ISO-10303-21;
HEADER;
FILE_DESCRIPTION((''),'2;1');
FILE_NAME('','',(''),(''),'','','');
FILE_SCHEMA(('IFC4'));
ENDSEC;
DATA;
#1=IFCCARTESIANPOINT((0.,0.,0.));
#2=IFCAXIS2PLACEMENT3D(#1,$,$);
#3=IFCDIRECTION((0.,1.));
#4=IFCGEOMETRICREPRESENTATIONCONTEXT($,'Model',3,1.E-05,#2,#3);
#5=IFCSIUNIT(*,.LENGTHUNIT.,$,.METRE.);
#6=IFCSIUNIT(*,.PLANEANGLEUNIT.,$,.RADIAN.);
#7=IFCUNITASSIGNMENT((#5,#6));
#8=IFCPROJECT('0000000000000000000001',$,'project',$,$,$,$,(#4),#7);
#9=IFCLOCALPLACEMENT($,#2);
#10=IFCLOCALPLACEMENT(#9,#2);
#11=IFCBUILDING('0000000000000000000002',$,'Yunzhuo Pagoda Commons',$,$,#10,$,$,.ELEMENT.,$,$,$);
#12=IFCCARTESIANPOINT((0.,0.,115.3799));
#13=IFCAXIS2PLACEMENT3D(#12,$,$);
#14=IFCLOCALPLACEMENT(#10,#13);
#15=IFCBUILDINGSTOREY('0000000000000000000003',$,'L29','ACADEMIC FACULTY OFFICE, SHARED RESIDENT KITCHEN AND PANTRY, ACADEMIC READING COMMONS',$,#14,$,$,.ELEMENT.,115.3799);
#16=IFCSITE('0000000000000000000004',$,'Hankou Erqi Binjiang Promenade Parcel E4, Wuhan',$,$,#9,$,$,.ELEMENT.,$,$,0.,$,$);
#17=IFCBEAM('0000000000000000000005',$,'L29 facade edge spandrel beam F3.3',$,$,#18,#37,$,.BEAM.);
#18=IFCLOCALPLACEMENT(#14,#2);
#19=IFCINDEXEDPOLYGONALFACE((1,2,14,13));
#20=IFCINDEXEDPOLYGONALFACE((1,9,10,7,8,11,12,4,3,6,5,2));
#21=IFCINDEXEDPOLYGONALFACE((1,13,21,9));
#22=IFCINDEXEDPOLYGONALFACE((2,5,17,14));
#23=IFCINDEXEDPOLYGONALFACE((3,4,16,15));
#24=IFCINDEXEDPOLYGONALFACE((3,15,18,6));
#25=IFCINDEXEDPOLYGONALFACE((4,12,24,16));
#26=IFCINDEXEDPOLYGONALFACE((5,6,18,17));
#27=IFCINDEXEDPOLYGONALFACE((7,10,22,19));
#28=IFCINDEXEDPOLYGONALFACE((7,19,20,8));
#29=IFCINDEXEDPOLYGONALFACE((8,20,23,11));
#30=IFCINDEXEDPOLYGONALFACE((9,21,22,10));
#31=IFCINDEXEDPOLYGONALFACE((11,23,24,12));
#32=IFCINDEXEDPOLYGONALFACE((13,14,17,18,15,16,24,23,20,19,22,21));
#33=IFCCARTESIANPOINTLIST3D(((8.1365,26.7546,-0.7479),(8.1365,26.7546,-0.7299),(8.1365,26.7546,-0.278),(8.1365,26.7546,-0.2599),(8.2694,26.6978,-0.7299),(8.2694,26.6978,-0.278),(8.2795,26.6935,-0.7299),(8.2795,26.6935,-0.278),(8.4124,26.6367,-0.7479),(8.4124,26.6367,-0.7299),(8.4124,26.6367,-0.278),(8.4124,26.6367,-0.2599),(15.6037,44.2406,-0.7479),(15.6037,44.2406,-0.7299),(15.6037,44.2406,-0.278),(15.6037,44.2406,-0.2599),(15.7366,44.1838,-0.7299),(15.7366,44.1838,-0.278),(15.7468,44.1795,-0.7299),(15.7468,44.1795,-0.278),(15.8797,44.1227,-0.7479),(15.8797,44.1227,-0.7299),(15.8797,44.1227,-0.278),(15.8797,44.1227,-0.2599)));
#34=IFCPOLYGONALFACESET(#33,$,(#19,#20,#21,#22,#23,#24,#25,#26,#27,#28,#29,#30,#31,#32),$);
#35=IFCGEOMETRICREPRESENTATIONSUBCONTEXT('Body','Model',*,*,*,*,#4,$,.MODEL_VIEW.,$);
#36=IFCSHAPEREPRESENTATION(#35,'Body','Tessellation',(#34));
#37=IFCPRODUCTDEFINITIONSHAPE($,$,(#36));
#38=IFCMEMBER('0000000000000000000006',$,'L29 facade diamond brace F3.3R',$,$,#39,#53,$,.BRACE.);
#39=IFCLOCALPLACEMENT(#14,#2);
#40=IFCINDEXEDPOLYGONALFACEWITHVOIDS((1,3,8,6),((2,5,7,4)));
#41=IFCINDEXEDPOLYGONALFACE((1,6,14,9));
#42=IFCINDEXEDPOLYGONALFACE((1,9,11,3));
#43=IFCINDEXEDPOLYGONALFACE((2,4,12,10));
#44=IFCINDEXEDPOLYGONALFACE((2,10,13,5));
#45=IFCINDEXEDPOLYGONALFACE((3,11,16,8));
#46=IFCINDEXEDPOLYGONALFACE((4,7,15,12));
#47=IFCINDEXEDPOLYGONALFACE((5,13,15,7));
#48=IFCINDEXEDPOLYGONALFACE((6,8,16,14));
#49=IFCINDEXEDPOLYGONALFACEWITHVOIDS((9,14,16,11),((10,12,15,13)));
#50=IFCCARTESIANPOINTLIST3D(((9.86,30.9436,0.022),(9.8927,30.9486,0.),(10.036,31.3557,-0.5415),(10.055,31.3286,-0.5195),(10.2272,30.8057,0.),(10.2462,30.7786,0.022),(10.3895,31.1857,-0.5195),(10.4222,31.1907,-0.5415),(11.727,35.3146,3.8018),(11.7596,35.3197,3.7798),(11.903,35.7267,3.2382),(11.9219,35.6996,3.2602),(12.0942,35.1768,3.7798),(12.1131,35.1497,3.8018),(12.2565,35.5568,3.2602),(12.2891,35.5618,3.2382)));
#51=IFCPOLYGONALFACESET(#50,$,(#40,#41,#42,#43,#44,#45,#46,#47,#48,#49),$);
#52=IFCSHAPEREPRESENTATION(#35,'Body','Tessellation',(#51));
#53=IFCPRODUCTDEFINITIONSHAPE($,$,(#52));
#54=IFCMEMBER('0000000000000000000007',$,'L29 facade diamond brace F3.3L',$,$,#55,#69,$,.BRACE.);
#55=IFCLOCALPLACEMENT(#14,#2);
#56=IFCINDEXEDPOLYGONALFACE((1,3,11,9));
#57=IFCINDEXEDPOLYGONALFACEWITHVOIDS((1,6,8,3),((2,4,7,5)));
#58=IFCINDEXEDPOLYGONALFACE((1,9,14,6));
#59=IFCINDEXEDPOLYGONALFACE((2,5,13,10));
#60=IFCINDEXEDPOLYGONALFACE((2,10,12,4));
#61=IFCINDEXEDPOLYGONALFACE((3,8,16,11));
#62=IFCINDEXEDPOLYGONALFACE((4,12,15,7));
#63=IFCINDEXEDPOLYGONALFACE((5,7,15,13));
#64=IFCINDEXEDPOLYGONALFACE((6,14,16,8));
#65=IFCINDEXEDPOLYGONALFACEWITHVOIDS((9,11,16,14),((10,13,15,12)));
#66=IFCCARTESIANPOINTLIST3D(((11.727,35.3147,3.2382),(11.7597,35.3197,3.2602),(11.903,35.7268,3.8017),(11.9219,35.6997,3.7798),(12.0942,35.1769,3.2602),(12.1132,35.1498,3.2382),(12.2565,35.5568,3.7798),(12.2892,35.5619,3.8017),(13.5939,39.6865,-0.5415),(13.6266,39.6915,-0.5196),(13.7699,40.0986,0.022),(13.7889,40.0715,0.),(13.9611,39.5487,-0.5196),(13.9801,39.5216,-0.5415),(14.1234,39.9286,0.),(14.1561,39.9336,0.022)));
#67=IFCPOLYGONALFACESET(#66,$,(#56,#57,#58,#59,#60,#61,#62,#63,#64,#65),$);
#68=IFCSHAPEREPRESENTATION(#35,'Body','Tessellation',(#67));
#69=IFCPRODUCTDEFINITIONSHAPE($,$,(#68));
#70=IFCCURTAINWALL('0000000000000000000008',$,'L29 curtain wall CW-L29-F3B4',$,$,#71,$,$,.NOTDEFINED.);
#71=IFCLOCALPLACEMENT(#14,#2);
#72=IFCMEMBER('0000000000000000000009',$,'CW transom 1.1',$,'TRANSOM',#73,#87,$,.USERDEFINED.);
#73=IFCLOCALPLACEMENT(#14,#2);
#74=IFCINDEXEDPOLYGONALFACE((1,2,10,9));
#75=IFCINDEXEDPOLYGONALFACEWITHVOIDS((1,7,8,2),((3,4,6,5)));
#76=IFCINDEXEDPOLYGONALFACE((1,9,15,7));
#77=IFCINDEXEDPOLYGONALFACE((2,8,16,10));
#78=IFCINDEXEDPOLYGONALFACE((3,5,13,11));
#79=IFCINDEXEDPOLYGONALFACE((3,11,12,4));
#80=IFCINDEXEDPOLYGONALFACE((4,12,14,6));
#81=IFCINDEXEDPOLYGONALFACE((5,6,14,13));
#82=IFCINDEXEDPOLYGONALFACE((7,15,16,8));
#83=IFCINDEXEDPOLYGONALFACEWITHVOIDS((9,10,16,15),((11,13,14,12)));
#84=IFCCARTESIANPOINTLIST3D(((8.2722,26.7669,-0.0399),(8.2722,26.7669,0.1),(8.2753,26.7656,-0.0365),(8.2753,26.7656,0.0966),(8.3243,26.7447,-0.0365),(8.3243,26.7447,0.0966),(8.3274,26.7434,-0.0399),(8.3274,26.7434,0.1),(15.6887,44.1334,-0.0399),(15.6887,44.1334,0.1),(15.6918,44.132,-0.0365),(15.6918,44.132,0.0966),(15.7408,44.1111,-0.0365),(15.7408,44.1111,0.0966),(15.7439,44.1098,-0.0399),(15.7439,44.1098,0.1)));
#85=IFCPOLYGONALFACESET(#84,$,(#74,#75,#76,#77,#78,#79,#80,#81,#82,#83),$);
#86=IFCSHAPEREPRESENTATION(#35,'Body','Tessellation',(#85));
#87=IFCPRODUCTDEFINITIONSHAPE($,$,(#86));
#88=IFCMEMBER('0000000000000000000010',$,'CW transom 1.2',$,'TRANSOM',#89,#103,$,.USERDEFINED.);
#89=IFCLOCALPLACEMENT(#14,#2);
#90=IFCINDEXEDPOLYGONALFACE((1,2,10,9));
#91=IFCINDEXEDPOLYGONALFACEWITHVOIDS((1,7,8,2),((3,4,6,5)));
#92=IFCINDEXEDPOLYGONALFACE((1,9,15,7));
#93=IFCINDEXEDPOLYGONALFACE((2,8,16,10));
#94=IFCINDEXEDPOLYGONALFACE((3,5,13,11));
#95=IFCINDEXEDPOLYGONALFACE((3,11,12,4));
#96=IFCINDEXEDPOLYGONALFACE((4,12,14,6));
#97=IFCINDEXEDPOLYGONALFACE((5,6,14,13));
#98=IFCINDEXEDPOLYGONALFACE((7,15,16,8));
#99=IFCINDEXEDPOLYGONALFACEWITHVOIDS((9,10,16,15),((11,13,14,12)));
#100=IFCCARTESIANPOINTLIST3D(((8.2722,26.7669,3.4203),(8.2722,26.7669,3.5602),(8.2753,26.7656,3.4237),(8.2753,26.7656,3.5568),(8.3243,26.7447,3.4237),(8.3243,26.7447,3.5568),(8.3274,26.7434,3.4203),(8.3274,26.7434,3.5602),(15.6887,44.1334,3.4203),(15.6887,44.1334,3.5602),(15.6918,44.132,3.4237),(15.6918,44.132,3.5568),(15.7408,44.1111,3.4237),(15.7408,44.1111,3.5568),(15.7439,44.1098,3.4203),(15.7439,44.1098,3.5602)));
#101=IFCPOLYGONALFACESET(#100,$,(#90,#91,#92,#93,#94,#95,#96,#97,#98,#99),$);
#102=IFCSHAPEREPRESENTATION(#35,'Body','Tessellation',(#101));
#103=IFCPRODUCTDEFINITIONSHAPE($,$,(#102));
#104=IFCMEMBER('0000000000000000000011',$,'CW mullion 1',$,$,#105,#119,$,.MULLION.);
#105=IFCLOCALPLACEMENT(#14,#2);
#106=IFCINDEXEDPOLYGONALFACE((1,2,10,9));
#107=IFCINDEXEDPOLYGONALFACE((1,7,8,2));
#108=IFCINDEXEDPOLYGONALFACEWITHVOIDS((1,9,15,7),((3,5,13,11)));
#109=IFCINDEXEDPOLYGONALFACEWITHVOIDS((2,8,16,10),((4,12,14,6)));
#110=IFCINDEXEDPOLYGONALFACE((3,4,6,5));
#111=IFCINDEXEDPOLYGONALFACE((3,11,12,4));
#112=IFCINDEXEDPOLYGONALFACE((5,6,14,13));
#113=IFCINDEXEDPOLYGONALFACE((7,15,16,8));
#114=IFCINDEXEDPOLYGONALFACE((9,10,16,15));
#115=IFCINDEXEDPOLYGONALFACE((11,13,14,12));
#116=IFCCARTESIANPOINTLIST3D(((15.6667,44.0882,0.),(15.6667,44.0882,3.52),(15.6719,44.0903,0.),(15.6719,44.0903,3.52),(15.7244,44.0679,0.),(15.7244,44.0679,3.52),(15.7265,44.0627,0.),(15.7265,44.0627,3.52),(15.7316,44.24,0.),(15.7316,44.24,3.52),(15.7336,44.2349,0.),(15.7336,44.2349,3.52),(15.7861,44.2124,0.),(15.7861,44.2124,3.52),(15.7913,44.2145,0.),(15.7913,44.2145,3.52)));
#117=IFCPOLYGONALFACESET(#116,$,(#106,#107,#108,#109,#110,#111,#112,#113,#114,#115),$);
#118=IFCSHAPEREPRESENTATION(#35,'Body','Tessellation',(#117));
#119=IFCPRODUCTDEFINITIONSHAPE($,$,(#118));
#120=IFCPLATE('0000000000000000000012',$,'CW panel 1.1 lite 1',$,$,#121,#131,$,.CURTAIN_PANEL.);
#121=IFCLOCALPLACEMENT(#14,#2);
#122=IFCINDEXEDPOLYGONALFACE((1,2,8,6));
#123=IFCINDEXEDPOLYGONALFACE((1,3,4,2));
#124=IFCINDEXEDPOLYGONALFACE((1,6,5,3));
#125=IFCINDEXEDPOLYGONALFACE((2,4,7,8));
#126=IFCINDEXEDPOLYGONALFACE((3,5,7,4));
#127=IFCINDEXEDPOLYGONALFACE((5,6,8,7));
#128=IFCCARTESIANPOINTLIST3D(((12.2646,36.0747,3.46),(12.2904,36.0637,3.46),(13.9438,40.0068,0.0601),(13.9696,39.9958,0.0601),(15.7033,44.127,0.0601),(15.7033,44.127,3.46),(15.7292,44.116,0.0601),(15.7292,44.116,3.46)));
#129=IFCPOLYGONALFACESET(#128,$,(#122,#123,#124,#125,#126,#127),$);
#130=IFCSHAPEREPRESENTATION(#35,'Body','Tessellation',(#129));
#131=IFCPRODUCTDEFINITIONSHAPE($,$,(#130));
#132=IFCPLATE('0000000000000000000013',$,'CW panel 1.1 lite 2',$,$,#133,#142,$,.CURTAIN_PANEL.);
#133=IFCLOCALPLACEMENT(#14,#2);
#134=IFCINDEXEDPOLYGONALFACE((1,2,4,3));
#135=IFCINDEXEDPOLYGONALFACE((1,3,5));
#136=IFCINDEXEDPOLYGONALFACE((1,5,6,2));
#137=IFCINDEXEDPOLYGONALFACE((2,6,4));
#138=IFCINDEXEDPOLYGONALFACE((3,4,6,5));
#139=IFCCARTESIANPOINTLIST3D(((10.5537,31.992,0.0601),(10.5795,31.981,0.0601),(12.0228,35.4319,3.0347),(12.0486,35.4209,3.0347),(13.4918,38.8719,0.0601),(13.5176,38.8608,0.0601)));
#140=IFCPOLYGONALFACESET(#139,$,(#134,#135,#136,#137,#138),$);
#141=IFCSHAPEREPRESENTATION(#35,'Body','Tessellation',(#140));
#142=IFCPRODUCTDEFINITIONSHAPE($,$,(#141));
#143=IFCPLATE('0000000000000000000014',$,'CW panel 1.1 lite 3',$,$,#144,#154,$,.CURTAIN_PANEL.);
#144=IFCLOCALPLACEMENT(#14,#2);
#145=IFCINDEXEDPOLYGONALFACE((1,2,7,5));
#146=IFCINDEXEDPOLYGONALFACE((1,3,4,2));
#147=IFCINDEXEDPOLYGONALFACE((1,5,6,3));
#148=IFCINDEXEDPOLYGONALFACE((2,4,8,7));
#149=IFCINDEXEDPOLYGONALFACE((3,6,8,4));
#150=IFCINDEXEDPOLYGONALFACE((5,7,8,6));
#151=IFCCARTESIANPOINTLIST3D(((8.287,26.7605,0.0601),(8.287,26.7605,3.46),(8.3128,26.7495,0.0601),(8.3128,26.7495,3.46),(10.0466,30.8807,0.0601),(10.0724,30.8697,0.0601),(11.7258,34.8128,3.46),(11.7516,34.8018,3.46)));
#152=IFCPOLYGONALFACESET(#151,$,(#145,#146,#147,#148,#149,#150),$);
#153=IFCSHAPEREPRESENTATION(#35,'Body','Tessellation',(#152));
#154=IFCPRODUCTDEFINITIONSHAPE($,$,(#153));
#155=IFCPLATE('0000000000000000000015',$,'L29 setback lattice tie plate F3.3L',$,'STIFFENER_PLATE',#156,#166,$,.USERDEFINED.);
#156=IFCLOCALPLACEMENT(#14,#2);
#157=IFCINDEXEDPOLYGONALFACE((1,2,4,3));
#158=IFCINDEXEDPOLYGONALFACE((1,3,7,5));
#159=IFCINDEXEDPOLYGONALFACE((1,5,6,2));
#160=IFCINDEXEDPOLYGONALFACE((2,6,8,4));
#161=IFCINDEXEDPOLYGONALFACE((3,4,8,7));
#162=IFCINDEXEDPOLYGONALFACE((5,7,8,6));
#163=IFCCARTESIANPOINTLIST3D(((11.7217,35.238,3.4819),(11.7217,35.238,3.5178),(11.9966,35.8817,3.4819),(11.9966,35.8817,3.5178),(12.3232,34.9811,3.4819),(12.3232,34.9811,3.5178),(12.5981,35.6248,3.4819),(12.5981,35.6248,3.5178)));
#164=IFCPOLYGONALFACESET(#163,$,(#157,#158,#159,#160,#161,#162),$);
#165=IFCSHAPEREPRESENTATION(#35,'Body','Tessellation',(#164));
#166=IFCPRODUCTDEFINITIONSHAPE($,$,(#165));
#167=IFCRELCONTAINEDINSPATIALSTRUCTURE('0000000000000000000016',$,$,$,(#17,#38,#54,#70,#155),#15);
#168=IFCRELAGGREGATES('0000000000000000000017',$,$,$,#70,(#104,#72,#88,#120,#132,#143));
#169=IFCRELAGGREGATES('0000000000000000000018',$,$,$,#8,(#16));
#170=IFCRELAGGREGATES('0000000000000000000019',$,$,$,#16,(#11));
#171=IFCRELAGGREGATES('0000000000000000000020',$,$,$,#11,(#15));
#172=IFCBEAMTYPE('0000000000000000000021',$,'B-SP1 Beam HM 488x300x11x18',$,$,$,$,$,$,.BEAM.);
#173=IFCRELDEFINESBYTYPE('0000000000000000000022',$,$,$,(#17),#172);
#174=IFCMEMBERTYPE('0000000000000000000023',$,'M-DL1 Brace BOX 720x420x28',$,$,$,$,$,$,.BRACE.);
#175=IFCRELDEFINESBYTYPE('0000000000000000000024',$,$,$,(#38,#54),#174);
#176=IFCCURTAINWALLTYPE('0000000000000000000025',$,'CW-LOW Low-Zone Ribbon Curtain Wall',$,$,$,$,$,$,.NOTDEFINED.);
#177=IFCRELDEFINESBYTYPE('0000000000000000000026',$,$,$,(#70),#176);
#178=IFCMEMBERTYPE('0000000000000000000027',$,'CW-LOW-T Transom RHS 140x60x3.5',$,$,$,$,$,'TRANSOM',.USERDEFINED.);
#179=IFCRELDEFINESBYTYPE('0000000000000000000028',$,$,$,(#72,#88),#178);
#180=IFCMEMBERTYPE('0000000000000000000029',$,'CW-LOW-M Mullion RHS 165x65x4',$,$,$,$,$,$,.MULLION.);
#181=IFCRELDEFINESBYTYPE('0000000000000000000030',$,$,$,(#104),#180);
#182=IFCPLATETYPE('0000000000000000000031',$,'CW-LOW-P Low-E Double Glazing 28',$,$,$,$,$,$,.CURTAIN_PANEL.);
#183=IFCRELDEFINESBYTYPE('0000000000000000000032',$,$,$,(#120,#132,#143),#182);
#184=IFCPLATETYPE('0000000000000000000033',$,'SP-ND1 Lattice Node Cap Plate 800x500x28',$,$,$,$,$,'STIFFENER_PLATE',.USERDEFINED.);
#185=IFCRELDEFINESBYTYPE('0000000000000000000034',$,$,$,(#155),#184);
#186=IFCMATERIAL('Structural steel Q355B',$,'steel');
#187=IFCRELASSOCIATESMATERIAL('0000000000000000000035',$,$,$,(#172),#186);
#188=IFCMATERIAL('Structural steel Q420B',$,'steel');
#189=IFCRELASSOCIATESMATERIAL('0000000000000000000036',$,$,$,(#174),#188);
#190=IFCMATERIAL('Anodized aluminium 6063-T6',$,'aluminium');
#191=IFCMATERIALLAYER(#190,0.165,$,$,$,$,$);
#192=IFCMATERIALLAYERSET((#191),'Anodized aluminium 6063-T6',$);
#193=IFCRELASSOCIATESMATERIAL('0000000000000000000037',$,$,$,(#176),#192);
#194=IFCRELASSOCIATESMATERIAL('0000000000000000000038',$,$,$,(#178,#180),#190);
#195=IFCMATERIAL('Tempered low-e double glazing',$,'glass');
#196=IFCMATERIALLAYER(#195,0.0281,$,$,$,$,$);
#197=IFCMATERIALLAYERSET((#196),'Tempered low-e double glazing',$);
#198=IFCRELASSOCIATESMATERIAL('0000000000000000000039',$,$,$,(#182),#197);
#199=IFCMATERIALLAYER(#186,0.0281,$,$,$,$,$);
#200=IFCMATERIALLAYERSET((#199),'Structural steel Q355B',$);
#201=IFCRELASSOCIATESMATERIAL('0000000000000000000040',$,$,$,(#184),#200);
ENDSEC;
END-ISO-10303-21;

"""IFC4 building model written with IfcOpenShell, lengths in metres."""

from ifc_helpers import new_model, si_unit, direction, frame, origin, origin_2d, place, context, subcontext, project, spatial, polyline, rectangle, hollow_rectangle, i_section, outline, extrude, source, transform, mapped, material, layer, layer_set, material_profile, profile_set, type_object, element, aggregate, save


model = new_model("IFC4")

# Units and contexts
model_context = context("Model", 3, precision=1e-05, world=origin(), true_north=direction((0.0, 1.0)))
body_context = subcontext(model_context, "Body", "Model", "MODEL_VIEW")
ifc_project = project(units=[si_unit("LENGTHUNIT", "METRE"), si_unit("PLANEANGLEUNIT", "RADIAN")], contexts=[model_context])

# Site, building, storey
site_placement = place(None, origin())
site = spatial("IfcSite", under=ifc_project, at=site_placement, Name="Hankou Erqi Binjiang Promenade Parcel E4, Wuhan", CompositionType="ELEMENT", RefElevation=0.0)
building_placement = place(site_placement, origin())
building = spatial("IfcBuilding", under=site, at=building_placement, Name="Yunzhuo Pagoda Commons", CompositionType="ELEMENT")
storey_placement = place(building_placement, frame((0.0, 0.0, 115.3799)))
storey = spatial("IfcBuildingStorey", under=building, at=storey_placement, Name="L29", Description="ACADEMIC FACULTY OFFICE, SHARED RESIDENT KITCHEN AND PANTRY, ACADEMIC READING COMMONS", CompositionType="ELEMENT", Elevation=115.3799)

# Shared definitions
ifc_material_1 = material(Name="Structural steel Q420B", Category="steel")

# Beam
ifc_material_2 = material(Name="Structural steel Q355B", Category="steel")
ifc_material_profile_1 = material_profile(ifc_material_2, i_section(OverallWidth=0.3, OverallDepth=0.488, WebThickness=0.011, FlangeThickness=0.0181, at=origin_2d()), Name="Structural steel Q355B")
ifc_profile_set_1 = profile_set([ifc_material_profile_1], Name="Structural steel Q355B")
beam_type_1 = type_object("IfcBeamType", Name="B-SP1 Beam HM 488x300x11x18", PredefinedType="BEAM", material=ifc_profile_set_1)
shared_shape_1 = source(origin(), body_context, "Body", "SweptSolid", [
    extrude(i_section(OverallWidth=0.3, OverallDepth=0.488, WebThickness=0.011, FlangeThickness=0.0181, at=origin_2d()), origin(), (0.0, 0.0, 1.0), 19.0137),
])
beam_1_placement = place(storey_placement, frame((15.7417, 44.1816, -0.5039), z_axis=(-0.39273, -0.919654, 0.0), x_axis=(0.919654, -0.39273, 0.0)))
element("IfcBeam", 1, at=beam_1_placement, inside=storey, type_object=beam_type_1, Name="L29 facade edge spandrel beam F3.3", PredefinedType="BEAM", context=body_context, shape_type="MappedRepresentation", body=[
    mapped(shared_shape_1, transform((0.0, 0.0, 0.0), scale=1.0)),
])

# Members
ifc_material_profile_2 = material_profile(ifc_material_1, hollow_rectangle(XDim=0.4199, YDim=0.72, WallThickness=0.0281, at=origin_2d()), Name="Structural steel Q420B")
ifc_profile_set_2 = profile_set([ifc_material_profile_2], Name="Structural steel Q420B")
member_type_1 = type_object("IfcMemberType", Name="M-DL1 Brace BOX 720x420x28", PredefinedType="BRACE", material=ifc_profile_set_2)
shared_shape_2 = source(origin(), body_context, "Body", "SweptSolid", [
    extrude(hollow_rectangle(XDim=0.4199, YDim=0.72, WallThickness=0.0281, at=origin_2d()), origin(), (0.0, 0.0, 1.0), 6.0728),
])
member_1_placement = place(storey_placement, frame((10.1411, 31.0671, -0.2598), z_axis=(0.307428, 0.719784, 0.622414), x_axis=(-0.919631, 0.392785, 0.0)))
element("IfcMember", 2, at=member_1_placement, inside=storey, type_object=member_type_1, Name="L29 facade diamond brace F3.3R", PredefinedType="BRACE", context=body_context, shape_type="MappedRepresentation", body=[
    mapped(shared_shape_2, transform((0.0, 0.0, 0.0), scale=1.0)),
])
shared_shape_3 = source(origin(), body_context, "Body", "SweptSolid", [
    extrude(hollow_rectangle(XDim=0.4199, YDim=0.72, WallThickness=0.0281, at=origin_2d()), origin(), (0.0, 0.0, 1.0), 6.0732),
])
member_2_placement = place(storey_placement, frame((13.875, 39.8101, -0.2598), z_axis=(-0.307401, -0.719842, 0.62236), x_axis=(0.919654, -0.392729, 0.0)))
element("IfcMember", 3, at=member_2_placement, inside=storey, type_object=member_type_1, Name="L29 facade diamond brace F3.3L", PredefinedType="BRACE", context=body_context, shape_type="MappedRepresentation", body=[
    mapped(shared_shape_3, transform((0.0, 0.0, 0.0), scale=1.0)),
])

# Curtain wall, members, plates
ifc_material_3 = material(Name="Anodized aluminium 6063-T6", Category="aluminium")
ifc_layer_1 = layer(ifc_material_3, 0.165)
ifc_layer_set_1 = layer_set([ifc_layer_1], Name="Anodized aluminium 6063-T6")
curtain_wall_type = type_object("IfcCurtainWallType", Name="CW-LOW Low-Zone Ribbon Curtain Wall", PredefinedType="NOTDEFINED", material=ifc_layer_set_1)
curtain_wall_placement = place(storey_placement, origin())
curtain_wall = element("IfcCurtainWall", 4, at=curtain_wall_placement, inside=storey, type_object=curtain_wall_type, Name="L29 curtain wall CW-L29-F3B4", PredefinedType="NOTDEFINED")
ifc_material_profile_3 = material_profile(ifc_material_3, hollow_rectangle(XDim=0.0601, YDim=0.1399, WallThickness=0.0034, at=origin_2d()), Name="Anodized aluminium 6063-T6")
ifc_profile_set_3 = profile_set([ifc_material_profile_3], Name="Anodized aluminium 6063-T6")
member_type_2 = type_object("IfcMemberType", Name="CW-LOW-T Transom RHS 140x60x3.5", ElementType="TRANSOM", PredefinedType="USERDEFINED", material=ifc_profile_set_3)
shared_shape_4 = source(origin(), body_context, "Body", "SweptSolid", [
    extrude(hollow_rectangle(XDim=0.0601, YDim=0.1399, WallThickness=0.0034, at=origin_2d()), origin(), (0.0, 0.0, 1.0), 18.8838),
])
member_3_placement = place(storey_placement, frame((15.7163, 44.1216, 0.03), z_axis=(-0.392744, -0.919648, 0.0), x_axis=(0.919648, -0.392744, 0.0)))
member_3 = element("IfcMember", 5, at=member_3_placement, type_object=member_type_2, Name="CW transom 1.1", ObjectType="TRANSOM", PredefinedType="USERDEFINED", context=body_context, shape_type="MappedRepresentation", body=[
    mapped(shared_shape_4, transform((0.0, 0.0, 0.0), scale=1.0)),
])
member_4_placement = place(storey_placement, frame((15.7163, 44.1216, 3.4902), z_axis=(-0.392744, -0.919648, 0.0), x_axis=(0.919648, -0.392744, 0.0)))
member_4 = element("IfcMember", 6, at=member_4_placement, type_object=member_type_2, Name="CW transom 1.2", ObjectType="TRANSOM", PredefinedType="USERDEFINED", context=body_context, shape_type="MappedRepresentation", body=[
    mapped(shared_shape_4, transform((0.0, 0.0, 0.0), scale=1.0)),
])
ifc_material_profile_4 = material_profile(ifc_material_3, hollow_rectangle(XDim=0.0649, YDim=0.165, WallThickness=0.0039, at=origin_2d()), Name="Anodized aluminium 6063-T6")
ifc_profile_set_4 = profile_set([ifc_material_profile_4], Name="Anodized aluminium 6063-T6")
member_type_3 = type_object("IfcMemberType", Name="CW-LOW-M Mullion RHS 165x65x4", PredefinedType="MULLION", material=ifc_profile_set_4)
shared_shape_5 = source(origin(), body_context, "Body", "SweptSolid", [
    extrude(hollow_rectangle(XDim=0.0649, YDim=0.165, WallThickness=0.0039, at=origin_2d()), origin(), (0.0, 0.0, 1.0), 3.52),
])
member_5_placement = place(storey_placement, frame((15.729, 44.1514, 0.0), z_axis=(0.0, 0.0, 1.0), x_axis=(0.919649, -0.392742, 0.0)))
member_5 = element("IfcMember", 7, at=member_5_placement, type_object=member_type_3, Name="CW mullion 1", PredefinedType="MULLION", context=body_context, shape_type="MappedRepresentation", body=[
    mapped(shared_shape_5, transform((0.0, 0.0, 0.0), scale=1.0)),
])
ifc_material_4 = material(Name="Tempered low-e double glazing", Category="glass")
ifc_layer_2 = layer(ifc_material_4, 0.0281)
ifc_layer_set_2 = layer_set([ifc_layer_2], Name="Tempered low-e double glazing")
plate_type_1 = type_object("IfcPlateType", Name="CW-LOW-P Low-E Double Glazing 28", PredefinedType="CURTAIN_PANEL", material=ifc_layer_set_2)
plate_1_placement = place(storey_placement, frame((14.0098, 40.0898, 1.76), z_axis=(-0.919649, 0.392742, 0.0), x_axis=(-0.392742, -0.919649, 0.0)))
plate_1 = element("IfcPlate", 8, at=plate_1_placement, type_object=plate_type_1, Name="CW panel 1.1 lite 1", PredefinedType="CURTAIN_PANEL", context=body_context, shape_type="SweptSolid", body=[
    extrude(outline(polyline([(-4.3779, -1.7), (0.1023, -1.7), (4.3779, 1.7), (-4.3779, 1.7), (-4.3779, -1.7)])), origin(), (0.0, 0.0, 1.0), 0.0281),
])
plate_2_placement = place(storey_placement, frame((12.0486, 35.4209, 1.5474), z_axis=(-0.919649, 0.392742, 0.0), x_axis=(-0.392742, -0.919649, 0.0)))
plate_2 = element("IfcPlate", 9, at=plate_2_placement, type_object=plate_type_1, Name="CW panel 1.1 lite 2", PredefinedType="CURTAIN_PANEL", context=body_context, shape_type="SweptSolid", body=[
    extrude(outline(polyline([(-3.7405, -1.4873), (3.7405, -1.4873), (0.0, 1.4873), (-3.7405, -1.4873)])), origin(), (0.0, 0.0, 1.0), 0.0281),
])
plate_3_placement = place(storey_placement, frame((10.0322, 30.7756, 1.76), z_axis=(-0.919649, 0.392742, 0.0), x_axis=(-0.392742, -0.919649, 0.0)))
plate_3 = element("IfcPlate", 10, at=plate_3_placement, type_object=plate_type_1, Name="CW panel 1.1 lite 3", PredefinedType="CURTAIN_PANEL", context=body_context, shape_type="SweptSolid", body=[
    extrude(outline(polyline([(-4.3779, 1.7), (-0.1023, -1.7), (4.3779, -1.7), (4.3779, 1.7), (-4.3779, 1.7)])), origin(), (0.0, 0.0, 1.0), 0.0281),
])
aggregate(curtain_wall, [member_5, member_3, member_4, plate_1, plate_2, plate_3])

# Plate
ifc_layer_3 = layer(ifc_material_2, 0.0281)
ifc_layer_set_3 = layer_set([ifc_layer_3], Name="Structural steel Q355B")
plate_type_2 = type_object("IfcPlateType", Name="SP-ND1 Lattice Node Cap Plate 800x500x28", ElementType="STIFFENER_PLATE", PredefinedType="USERDEFINED", material=ifc_layer_set_3)
shared_shape_6 = source(origin(), body_context, "Body", "SweptSolid", [
    extrude(rectangle(XDim=0.7, YDim=0.6541, at=origin_2d()), origin(), (0.0, 0.0, 1.0), 0.0359),
])
plate_4_placement = place(storey_placement, frame((12.1599, 35.4314, 3.4819), z_axis=(0.0, 0.0, 1.0), x_axis=(-0.392738, -0.91965, 0.0)))
element("IfcPlate", 11, at=plate_4_placement, inside=storey, type_object=plate_type_2, Name="L29 setback lattice tie plate F3.3L", ObjectType="STIFFENER_PLATE", PredefinedType="USERDEFINED", context=body_context, shape_type="MappedRepresentation", body=[
    mapped(shared_shape_6, transform((0.0, 0.0, 0.0), scale=1.0)),
])

save(model, "model.ifc")
